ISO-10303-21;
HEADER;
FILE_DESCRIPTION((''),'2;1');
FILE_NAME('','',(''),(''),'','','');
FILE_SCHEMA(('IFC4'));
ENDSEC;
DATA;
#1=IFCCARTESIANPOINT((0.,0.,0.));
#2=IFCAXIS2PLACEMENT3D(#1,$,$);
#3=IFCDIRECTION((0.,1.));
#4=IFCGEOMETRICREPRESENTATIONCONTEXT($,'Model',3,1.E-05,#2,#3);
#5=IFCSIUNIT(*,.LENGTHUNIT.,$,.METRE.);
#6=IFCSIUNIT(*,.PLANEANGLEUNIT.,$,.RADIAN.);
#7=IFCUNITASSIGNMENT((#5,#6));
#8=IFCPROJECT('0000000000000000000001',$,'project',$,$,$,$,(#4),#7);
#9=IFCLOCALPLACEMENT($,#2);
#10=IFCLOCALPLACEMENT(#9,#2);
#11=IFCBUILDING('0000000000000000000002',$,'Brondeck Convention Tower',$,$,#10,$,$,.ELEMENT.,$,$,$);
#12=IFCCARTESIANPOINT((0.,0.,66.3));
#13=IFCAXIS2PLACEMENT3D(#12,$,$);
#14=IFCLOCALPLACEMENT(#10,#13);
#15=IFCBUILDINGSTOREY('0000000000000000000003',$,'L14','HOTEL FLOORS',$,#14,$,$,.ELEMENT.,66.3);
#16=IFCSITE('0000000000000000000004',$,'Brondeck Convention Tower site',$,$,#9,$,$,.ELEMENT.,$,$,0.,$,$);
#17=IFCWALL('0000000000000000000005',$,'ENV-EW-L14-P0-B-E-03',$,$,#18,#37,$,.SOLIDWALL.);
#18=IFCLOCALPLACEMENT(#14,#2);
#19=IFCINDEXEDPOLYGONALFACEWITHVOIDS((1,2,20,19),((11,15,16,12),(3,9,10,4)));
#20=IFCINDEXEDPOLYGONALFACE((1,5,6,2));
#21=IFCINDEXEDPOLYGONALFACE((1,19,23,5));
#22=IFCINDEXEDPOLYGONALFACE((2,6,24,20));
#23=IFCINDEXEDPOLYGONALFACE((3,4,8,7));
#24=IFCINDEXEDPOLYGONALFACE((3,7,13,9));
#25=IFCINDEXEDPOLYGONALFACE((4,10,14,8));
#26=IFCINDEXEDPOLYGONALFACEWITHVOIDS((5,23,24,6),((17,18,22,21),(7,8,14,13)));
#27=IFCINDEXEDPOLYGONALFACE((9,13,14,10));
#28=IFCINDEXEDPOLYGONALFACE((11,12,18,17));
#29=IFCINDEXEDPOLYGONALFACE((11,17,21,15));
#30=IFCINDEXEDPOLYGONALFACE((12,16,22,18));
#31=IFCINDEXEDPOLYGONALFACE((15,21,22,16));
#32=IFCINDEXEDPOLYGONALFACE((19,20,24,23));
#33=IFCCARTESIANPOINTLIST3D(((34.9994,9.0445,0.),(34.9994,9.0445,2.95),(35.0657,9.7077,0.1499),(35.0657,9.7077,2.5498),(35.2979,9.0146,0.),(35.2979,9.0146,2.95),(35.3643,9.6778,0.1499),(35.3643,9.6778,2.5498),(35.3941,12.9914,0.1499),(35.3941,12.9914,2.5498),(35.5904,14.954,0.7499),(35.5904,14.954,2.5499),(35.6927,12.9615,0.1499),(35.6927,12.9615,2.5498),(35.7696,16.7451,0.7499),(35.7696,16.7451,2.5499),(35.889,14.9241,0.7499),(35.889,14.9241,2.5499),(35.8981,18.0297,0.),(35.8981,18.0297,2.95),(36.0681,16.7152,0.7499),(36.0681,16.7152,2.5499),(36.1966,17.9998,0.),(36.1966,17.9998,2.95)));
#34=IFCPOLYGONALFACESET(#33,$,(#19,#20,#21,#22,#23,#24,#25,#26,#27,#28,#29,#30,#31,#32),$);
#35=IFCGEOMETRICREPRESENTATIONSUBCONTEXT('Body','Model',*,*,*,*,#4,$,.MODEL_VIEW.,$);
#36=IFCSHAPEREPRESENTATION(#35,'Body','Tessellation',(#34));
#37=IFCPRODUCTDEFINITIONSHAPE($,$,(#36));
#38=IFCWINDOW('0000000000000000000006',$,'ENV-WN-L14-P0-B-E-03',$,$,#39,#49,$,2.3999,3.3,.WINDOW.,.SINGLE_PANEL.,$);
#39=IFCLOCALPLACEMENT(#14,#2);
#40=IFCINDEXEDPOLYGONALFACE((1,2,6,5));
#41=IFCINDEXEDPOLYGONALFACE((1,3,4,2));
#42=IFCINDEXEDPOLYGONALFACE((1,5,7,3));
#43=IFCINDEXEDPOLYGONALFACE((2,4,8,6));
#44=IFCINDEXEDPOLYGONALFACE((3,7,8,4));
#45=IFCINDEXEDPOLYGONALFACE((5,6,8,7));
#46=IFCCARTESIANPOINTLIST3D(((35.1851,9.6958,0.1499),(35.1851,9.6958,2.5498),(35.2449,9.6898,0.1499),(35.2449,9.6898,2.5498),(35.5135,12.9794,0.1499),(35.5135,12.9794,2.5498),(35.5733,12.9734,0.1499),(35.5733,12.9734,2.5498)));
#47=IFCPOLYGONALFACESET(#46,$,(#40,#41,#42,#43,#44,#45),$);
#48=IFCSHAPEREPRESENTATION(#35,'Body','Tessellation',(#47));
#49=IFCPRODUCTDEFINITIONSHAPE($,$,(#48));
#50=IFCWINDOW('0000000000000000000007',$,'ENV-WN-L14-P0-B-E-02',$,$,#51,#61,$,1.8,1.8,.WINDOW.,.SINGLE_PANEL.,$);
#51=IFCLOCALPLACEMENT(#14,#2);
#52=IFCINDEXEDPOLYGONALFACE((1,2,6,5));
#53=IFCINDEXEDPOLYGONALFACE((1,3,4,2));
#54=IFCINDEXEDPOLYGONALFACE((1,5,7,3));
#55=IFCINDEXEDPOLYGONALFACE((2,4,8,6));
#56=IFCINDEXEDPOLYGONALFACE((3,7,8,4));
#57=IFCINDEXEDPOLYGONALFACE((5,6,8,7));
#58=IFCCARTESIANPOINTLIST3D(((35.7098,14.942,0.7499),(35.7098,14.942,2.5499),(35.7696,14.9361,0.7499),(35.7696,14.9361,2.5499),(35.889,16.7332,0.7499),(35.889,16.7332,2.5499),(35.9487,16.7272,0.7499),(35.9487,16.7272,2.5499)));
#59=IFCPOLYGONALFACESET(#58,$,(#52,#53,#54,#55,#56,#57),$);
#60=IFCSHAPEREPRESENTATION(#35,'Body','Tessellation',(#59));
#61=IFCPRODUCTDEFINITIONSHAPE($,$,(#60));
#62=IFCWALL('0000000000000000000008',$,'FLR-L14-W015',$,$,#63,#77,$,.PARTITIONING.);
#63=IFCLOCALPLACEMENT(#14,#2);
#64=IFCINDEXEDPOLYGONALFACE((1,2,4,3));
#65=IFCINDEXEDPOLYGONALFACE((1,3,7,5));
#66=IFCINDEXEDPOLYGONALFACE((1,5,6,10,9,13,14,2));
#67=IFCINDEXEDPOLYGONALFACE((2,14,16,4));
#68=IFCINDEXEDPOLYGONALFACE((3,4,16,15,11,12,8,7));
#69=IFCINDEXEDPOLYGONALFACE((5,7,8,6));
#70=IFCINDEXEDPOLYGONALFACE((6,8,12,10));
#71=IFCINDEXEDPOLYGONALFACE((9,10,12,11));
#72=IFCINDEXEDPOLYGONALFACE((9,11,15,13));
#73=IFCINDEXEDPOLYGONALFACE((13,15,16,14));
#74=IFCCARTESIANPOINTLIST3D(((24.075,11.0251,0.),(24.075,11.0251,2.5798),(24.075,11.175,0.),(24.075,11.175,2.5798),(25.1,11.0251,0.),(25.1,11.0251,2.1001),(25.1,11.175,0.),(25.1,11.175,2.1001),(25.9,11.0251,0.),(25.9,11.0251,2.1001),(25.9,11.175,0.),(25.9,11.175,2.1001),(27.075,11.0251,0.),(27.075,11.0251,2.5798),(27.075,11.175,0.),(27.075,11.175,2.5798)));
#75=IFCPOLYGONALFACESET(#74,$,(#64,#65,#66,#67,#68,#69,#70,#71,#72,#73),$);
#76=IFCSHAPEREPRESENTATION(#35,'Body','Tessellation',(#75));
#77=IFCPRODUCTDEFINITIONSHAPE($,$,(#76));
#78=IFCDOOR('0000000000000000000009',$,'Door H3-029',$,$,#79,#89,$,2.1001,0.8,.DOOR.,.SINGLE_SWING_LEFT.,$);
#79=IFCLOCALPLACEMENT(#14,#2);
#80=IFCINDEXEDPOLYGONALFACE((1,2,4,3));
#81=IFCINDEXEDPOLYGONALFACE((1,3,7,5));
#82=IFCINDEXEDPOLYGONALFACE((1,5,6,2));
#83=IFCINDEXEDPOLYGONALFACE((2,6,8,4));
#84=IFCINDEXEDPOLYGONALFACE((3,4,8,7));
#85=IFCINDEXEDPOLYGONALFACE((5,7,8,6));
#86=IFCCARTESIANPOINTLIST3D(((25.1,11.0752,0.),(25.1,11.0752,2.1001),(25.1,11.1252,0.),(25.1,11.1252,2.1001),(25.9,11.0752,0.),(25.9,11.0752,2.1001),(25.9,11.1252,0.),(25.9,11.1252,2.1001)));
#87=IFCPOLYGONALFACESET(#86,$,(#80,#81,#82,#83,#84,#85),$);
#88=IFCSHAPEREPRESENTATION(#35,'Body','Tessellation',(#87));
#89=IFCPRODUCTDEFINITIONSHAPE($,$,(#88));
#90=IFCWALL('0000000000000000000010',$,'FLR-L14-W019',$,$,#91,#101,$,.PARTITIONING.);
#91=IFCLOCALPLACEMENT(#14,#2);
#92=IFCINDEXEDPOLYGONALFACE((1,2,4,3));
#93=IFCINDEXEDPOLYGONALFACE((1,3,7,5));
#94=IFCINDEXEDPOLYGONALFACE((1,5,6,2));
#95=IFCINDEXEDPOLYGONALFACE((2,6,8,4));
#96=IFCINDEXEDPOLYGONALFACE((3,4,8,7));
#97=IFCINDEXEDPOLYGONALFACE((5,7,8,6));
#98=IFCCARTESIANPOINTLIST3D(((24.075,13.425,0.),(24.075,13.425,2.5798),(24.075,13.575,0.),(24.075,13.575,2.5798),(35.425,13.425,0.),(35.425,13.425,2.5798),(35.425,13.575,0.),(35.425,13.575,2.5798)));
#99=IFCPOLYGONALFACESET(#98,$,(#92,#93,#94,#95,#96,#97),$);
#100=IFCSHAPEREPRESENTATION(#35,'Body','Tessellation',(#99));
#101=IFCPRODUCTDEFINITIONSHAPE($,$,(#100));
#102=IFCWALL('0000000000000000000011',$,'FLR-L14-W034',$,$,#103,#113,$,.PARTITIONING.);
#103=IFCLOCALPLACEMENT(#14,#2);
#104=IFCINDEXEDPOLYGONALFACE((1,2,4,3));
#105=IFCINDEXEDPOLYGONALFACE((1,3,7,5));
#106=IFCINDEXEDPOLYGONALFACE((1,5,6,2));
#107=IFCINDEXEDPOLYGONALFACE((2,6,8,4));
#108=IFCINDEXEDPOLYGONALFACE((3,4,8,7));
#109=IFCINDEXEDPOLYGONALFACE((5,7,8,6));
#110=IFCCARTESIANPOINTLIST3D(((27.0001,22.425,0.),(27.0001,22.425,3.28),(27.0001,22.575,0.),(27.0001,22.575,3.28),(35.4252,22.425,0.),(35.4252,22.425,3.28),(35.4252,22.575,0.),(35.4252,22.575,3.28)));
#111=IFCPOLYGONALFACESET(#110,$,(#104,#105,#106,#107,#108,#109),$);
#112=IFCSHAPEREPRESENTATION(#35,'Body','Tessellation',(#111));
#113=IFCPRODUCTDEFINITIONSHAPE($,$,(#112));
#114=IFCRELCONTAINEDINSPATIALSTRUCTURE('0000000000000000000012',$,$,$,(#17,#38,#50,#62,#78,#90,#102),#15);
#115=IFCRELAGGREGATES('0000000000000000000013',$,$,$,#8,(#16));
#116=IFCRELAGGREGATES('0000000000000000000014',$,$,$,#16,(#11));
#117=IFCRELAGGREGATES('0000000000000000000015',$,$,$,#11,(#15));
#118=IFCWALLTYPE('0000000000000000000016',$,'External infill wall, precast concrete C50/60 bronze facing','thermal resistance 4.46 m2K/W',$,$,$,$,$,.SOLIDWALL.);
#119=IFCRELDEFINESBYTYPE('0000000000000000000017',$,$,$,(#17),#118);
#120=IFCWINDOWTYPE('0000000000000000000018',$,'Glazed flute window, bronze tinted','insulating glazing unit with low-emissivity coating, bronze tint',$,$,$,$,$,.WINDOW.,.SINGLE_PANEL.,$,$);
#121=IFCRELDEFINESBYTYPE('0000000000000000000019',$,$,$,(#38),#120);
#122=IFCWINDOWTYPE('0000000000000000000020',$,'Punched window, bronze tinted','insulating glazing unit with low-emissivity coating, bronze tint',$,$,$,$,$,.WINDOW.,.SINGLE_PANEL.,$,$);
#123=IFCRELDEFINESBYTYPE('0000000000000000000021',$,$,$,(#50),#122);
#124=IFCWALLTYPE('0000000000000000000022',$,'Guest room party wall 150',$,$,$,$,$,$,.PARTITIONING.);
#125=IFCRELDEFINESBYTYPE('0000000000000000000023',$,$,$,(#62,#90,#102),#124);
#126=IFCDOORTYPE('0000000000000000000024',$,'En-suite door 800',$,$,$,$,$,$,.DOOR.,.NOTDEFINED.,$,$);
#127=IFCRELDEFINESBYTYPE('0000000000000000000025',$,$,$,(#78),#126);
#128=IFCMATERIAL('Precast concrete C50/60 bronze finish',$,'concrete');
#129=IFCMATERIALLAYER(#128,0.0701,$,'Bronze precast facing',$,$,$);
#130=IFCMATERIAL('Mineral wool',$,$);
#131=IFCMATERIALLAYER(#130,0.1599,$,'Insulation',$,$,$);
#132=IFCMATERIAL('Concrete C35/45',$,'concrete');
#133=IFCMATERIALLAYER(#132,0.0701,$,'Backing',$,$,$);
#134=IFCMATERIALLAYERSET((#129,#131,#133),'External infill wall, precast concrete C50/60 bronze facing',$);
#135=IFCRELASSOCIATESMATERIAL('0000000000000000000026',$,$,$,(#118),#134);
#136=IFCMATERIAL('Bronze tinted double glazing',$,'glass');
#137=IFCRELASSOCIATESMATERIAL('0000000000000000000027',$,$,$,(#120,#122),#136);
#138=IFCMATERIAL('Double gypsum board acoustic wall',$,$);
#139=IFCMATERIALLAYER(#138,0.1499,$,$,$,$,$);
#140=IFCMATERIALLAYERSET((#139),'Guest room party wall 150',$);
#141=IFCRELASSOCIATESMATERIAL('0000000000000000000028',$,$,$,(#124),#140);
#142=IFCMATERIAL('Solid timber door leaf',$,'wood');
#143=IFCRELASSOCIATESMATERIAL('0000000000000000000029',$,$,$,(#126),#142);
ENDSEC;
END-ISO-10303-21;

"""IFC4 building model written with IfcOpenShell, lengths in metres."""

from ifc_helpers import new_model, si_unit, direction, frame, frame_2d, origin, place, context, subcontext, project, spatial, rectangle, extrude, material, layer, layer_set, type_object, element, fill, save


model = new_model("IFC4")

# Units and contexts
model_context = context("Model", 3, precision=1e-05, world=origin(), true_north=direction((0.0, 1.0)))
body_context = subcontext(model_context, "Body", "Model", "MODEL_VIEW")
ifc_project = project(units=[si_unit("LENGTHUNIT", "METRE"), si_unit("PLANEANGLEUNIT", "RADIAN")], contexts=[model_context])

# Site, building, storey
site_placement = place(None, origin())
site = spatial("IfcSite", under=ifc_project, at=site_placement, Name="Brondeck Convention Tower site", CompositionType="ELEMENT", RefElevation=0.0)
building_placement = place(site_placement, origin())
building = spatial("IfcBuilding", under=site, at=building_placement, Name="Brondeck Convention Tower", CompositionType="ELEMENT")
storey_placement = place(building_placement, frame((0.0, 0.0, 66.3)))
storey = spatial("IfcBuildingStorey", under=building, at=storey_placement, Name="L14", Description="HOTEL FLOORS", CompositionType="ELEMENT", Elevation=66.3)

# Wall, openings, windows
ifc_material_1 = material(Name="Precast concrete C50/60 bronze finish", Category="concrete")
ifc_layer_1 = layer(ifc_material_1, 0.0701, Name="Bronze precast facing")
ifc_material_2 = material(Name="Mineral wool")
ifc_layer_2 = layer(ifc_material_2, 0.1599, Name="Insulation")
ifc_material_3 = material(Name="Concrete C35/45", Category="concrete")
ifc_layer_3 = layer(ifc_material_3, 0.0701, Name="Backing")
ifc_layer_set_1 = layer_set([ifc_layer_1, ifc_layer_2, ifc_layer_3], Name="External infill wall, precast concrete C50/60 bronze facing")
wall_type_1 = type_object("IfcWallType", Name="External infill wall, precast concrete C50/60 bronze facing", Description="thermal resistance 4.46 m2K/W", PredefinedType="SOLIDWALL", material=ifc_layer_set_1)
wall_1_placement = place(storey_placement, frame((36.0474, 18.0149, 0.0), z_axis=(0.0, 0.0, 1.0), x_axis=(-0.099522, -0.995035, 0.0)))
wall_1 = element("IfcWall", 1, at=wall_1_placement, inside=storey, type_object=wall_type_1, Name="ENV-EW-L14-P0-B-E-03", PredefinedType="SOLIDWALL", context=body_context, shape_type="SweptSolid", body=[
    extrude(rectangle(XDim=9.03, YDim=0.3, at=frame_2d((4.5151, 0.0))), origin(), (0.0, 0.0, 1.0), 2.95),
])
opening_1_placement = place(wall_1_placement, frame((1.2913, 0.0, 0.75)))
opening_1 = element("IfcOpeningElement", 2, at=opening_1_placement, cuts=wall_1, PredefinedType="OPENING", context=body_context, shape_type="SweptSolid", body=[
    extrude(rectangle(XDim=1.8, YDim=1.8, at=frame_2d((0.8999, 0.8999))), frame((0.0, 0.1599, 0.0), z_axis=(0.0, -1.0, 0.0), x_axis=(1.0, 0.0, 0.0)), (0.0, 0.0, 1.0), 0.3201),
])
opening_2_placement = place(wall_1_placement, frame((5.0637, 0.0, 0.1499)))
opening_2 = element("IfcOpeningElement", 3, at=opening_2_placement, cuts=wall_1, PredefinedType="OPENING", context=body_context, shape_type="SweptSolid", body=[
    extrude(rectangle(XDim=3.3, YDim=2.3999, at=frame_2d((1.6499, 1.2))), frame((0.0, 0.1599, 0.0), z_axis=(0.0, -1.0, 0.0), x_axis=(1.0, 0.0, 0.0)), (0.0, 0.0, 1.0), 0.3201),
])
ifc_material_4 = material(Name="Bronze tinted double glazing", Category="glass")
window_type_1 = type_object("IfcWindowType", Name="Glazed flute window, bronze tinted", Description="insulating glazing unit with low-emissivity coating, bronze tint", PartitioningType="SINGLE_PANEL", PredefinedType="WINDOW", material=ifc_material_4)
window_1_placement = place(opening_2_placement, origin())
window_1 = element("IfcWindow", 4, at=window_1_placement, inside=storey, type_object=window_type_1, Name="ENV-WN-L14-P0-B-E-03", OverallHeight=2.3999, OverallWidth=3.3, PartitioningType="SINGLE_PANEL", PredefinedType="WINDOW", context=body_context, shape_type="SweptSolid", body=[
    extrude(rectangle(XDim=3.3, YDim=2.3999, at=frame_2d((1.6499, 1.2))), frame((0.0, 0.03, 0.0), z_axis=(0.0, -1.0, 0.0), x_axis=(1.0, 0.0, 0.0)), (0.0, 0.0, 1.0), 0.0601),
])
fill(opening_2, window_1)
window_type_2 = type_object("IfcWindowType", Name="Punched window, bronze tinted", Description="insulating glazing unit with low-emissivity coating, bronze tint", PartitioningType="SINGLE_PANEL", PredefinedType="WINDOW", material=ifc_material_4)
window_2_placement = place(opening_1_placement, origin())
window_2 = element("IfcWindow", 5, at=window_2_placement, inside=storey, type_object=window_type_2, Name="ENV-WN-L14-P0-B-E-02", OverallHeight=1.8, OverallWidth=1.8, PartitioningType="SINGLE_PANEL", PredefinedType="WINDOW", context=body_context, shape_type="SweptSolid", body=[
    extrude(rectangle(XDim=1.8, YDim=1.8, at=frame_2d((0.8999, 0.8999))), frame((0.0, 0.03, 0.0), z_axis=(0.0, -1.0, 0.0), x_axis=(1.0, 0.0, 0.0)), (0.0, 0.0, 1.0), 0.0601),
])
fill(opening_1, window_2)

# Wall, opening, door
ifc_material_5 = material(Name="Double gypsum board acoustic wall")
ifc_layer_4 = layer(ifc_material_5, 0.1499)
ifc_layer_set_2 = layer_set([ifc_layer_4], Name="Guest room party wall 150")
wall_type_2 = type_object("IfcWallType", Name="Guest room party wall 150", PredefinedType="PARTITIONING", material=ifc_layer_set_2)
wall_2_placement = place(storey_placement, frame((27.075, 11.1001, 0.0), z_axis=(0.0, 0.0, 1.0), x_axis=(-1.0, 0.0, 0.0)))
wall_2 = element("IfcWall", 6, at=wall_2_placement, inside=storey, type_object=wall_type_2, Name="FLR-L14-W015", PredefinedType="PARTITIONING", context=body_context, shape_type="SweptSolid", body=[
    extrude(rectangle(XDim=3.0, YDim=0.1499, at=frame_2d((1.5, 0.0))), origin(), (0.0, 0.0, 1.0), 2.5798),
])
opening_3_placement = place(wall_2_placement, frame((1.175, 0.0, 0.0)))
opening_3 = element("IfcOpeningElement", 7, at=opening_3_placement, cuts=wall_2, PredefinedType="OPENING", context=body_context, shape_type="SweptSolid", body=[
    extrude(rectangle(XDim=0.8, YDim=2.1001, at=frame_2d((0.3999, 1.05))), frame((0.0, 0.085, 0.0), z_axis=(0.0, -1.0, 0.0), x_axis=(1.0, 0.0, 0.0)), (0.0, 0.0, 1.0), 0.1699),
])
ifc_material_6 = material(Name="Solid timber door leaf", Category="wood")
door_type = type_object("IfcDoorType", Name="En-suite door 800", OperationType="NOTDEFINED", PredefinedType="DOOR", material=ifc_material_6)
door_placement = place(opening_3_placement, origin())
door = element("IfcDoor", 8, at=door_placement, inside=storey, type_object=door_type, Name="Door H3-029", OperationType="SINGLE_SWING_LEFT", OverallHeight=2.1001, OverallWidth=0.8, PredefinedType="DOOR", context=body_context, shape_type="SweptSolid", body=[
    extrude(rectangle(XDim=0.8, YDim=2.1001, at=frame_2d((0.3999, 1.05))), frame((0.0, 0.0249, 0.0), z_axis=(0.0, -1.0, 0.0), x_axis=(1.0, 0.0, 0.0)), (0.0, 0.0, 1.0), 0.05),
])
fill(opening_3, door)

# Walls
wall_3_placement = place(storey_placement, frame((35.425, 13.5, 0.0), z_axis=(0.0, 0.0, 1.0), x_axis=(-1.0, 0.0, 0.0)))
element("IfcWall", 9, at=wall_3_placement, inside=storey, type_object=wall_type_2, Name="FLR-L14-W019", PredefinedType="PARTITIONING", context=body_context, shape_type="SweptSolid", body=[
    extrude(rectangle(XDim=11.3501, YDim=0.1499, at=frame_2d((5.675, 0.0))), origin(), (0.0, 0.0, 1.0), 2.5798),
])
wall_4_placement = place(storey_placement, frame((35.425, 22.5, 0.0), z_axis=(0.0, 0.0, 1.0), x_axis=(-1.0, 0.0, 0.0)))
element("IfcWall", 10, at=wall_4_placement, inside=storey, type_object=wall_type_2, Name="FLR-L14-W034", PredefinedType="PARTITIONING", context=body_context, shape_type="SweptSolid", body=[
    extrude(rectangle(XDim=8.425, YDim=0.1499, at=frame_2d((4.2124, 0.0))), origin(), (0.0, 0.0, 1.0), 3.28),
])

save(model, "model.ifc")
